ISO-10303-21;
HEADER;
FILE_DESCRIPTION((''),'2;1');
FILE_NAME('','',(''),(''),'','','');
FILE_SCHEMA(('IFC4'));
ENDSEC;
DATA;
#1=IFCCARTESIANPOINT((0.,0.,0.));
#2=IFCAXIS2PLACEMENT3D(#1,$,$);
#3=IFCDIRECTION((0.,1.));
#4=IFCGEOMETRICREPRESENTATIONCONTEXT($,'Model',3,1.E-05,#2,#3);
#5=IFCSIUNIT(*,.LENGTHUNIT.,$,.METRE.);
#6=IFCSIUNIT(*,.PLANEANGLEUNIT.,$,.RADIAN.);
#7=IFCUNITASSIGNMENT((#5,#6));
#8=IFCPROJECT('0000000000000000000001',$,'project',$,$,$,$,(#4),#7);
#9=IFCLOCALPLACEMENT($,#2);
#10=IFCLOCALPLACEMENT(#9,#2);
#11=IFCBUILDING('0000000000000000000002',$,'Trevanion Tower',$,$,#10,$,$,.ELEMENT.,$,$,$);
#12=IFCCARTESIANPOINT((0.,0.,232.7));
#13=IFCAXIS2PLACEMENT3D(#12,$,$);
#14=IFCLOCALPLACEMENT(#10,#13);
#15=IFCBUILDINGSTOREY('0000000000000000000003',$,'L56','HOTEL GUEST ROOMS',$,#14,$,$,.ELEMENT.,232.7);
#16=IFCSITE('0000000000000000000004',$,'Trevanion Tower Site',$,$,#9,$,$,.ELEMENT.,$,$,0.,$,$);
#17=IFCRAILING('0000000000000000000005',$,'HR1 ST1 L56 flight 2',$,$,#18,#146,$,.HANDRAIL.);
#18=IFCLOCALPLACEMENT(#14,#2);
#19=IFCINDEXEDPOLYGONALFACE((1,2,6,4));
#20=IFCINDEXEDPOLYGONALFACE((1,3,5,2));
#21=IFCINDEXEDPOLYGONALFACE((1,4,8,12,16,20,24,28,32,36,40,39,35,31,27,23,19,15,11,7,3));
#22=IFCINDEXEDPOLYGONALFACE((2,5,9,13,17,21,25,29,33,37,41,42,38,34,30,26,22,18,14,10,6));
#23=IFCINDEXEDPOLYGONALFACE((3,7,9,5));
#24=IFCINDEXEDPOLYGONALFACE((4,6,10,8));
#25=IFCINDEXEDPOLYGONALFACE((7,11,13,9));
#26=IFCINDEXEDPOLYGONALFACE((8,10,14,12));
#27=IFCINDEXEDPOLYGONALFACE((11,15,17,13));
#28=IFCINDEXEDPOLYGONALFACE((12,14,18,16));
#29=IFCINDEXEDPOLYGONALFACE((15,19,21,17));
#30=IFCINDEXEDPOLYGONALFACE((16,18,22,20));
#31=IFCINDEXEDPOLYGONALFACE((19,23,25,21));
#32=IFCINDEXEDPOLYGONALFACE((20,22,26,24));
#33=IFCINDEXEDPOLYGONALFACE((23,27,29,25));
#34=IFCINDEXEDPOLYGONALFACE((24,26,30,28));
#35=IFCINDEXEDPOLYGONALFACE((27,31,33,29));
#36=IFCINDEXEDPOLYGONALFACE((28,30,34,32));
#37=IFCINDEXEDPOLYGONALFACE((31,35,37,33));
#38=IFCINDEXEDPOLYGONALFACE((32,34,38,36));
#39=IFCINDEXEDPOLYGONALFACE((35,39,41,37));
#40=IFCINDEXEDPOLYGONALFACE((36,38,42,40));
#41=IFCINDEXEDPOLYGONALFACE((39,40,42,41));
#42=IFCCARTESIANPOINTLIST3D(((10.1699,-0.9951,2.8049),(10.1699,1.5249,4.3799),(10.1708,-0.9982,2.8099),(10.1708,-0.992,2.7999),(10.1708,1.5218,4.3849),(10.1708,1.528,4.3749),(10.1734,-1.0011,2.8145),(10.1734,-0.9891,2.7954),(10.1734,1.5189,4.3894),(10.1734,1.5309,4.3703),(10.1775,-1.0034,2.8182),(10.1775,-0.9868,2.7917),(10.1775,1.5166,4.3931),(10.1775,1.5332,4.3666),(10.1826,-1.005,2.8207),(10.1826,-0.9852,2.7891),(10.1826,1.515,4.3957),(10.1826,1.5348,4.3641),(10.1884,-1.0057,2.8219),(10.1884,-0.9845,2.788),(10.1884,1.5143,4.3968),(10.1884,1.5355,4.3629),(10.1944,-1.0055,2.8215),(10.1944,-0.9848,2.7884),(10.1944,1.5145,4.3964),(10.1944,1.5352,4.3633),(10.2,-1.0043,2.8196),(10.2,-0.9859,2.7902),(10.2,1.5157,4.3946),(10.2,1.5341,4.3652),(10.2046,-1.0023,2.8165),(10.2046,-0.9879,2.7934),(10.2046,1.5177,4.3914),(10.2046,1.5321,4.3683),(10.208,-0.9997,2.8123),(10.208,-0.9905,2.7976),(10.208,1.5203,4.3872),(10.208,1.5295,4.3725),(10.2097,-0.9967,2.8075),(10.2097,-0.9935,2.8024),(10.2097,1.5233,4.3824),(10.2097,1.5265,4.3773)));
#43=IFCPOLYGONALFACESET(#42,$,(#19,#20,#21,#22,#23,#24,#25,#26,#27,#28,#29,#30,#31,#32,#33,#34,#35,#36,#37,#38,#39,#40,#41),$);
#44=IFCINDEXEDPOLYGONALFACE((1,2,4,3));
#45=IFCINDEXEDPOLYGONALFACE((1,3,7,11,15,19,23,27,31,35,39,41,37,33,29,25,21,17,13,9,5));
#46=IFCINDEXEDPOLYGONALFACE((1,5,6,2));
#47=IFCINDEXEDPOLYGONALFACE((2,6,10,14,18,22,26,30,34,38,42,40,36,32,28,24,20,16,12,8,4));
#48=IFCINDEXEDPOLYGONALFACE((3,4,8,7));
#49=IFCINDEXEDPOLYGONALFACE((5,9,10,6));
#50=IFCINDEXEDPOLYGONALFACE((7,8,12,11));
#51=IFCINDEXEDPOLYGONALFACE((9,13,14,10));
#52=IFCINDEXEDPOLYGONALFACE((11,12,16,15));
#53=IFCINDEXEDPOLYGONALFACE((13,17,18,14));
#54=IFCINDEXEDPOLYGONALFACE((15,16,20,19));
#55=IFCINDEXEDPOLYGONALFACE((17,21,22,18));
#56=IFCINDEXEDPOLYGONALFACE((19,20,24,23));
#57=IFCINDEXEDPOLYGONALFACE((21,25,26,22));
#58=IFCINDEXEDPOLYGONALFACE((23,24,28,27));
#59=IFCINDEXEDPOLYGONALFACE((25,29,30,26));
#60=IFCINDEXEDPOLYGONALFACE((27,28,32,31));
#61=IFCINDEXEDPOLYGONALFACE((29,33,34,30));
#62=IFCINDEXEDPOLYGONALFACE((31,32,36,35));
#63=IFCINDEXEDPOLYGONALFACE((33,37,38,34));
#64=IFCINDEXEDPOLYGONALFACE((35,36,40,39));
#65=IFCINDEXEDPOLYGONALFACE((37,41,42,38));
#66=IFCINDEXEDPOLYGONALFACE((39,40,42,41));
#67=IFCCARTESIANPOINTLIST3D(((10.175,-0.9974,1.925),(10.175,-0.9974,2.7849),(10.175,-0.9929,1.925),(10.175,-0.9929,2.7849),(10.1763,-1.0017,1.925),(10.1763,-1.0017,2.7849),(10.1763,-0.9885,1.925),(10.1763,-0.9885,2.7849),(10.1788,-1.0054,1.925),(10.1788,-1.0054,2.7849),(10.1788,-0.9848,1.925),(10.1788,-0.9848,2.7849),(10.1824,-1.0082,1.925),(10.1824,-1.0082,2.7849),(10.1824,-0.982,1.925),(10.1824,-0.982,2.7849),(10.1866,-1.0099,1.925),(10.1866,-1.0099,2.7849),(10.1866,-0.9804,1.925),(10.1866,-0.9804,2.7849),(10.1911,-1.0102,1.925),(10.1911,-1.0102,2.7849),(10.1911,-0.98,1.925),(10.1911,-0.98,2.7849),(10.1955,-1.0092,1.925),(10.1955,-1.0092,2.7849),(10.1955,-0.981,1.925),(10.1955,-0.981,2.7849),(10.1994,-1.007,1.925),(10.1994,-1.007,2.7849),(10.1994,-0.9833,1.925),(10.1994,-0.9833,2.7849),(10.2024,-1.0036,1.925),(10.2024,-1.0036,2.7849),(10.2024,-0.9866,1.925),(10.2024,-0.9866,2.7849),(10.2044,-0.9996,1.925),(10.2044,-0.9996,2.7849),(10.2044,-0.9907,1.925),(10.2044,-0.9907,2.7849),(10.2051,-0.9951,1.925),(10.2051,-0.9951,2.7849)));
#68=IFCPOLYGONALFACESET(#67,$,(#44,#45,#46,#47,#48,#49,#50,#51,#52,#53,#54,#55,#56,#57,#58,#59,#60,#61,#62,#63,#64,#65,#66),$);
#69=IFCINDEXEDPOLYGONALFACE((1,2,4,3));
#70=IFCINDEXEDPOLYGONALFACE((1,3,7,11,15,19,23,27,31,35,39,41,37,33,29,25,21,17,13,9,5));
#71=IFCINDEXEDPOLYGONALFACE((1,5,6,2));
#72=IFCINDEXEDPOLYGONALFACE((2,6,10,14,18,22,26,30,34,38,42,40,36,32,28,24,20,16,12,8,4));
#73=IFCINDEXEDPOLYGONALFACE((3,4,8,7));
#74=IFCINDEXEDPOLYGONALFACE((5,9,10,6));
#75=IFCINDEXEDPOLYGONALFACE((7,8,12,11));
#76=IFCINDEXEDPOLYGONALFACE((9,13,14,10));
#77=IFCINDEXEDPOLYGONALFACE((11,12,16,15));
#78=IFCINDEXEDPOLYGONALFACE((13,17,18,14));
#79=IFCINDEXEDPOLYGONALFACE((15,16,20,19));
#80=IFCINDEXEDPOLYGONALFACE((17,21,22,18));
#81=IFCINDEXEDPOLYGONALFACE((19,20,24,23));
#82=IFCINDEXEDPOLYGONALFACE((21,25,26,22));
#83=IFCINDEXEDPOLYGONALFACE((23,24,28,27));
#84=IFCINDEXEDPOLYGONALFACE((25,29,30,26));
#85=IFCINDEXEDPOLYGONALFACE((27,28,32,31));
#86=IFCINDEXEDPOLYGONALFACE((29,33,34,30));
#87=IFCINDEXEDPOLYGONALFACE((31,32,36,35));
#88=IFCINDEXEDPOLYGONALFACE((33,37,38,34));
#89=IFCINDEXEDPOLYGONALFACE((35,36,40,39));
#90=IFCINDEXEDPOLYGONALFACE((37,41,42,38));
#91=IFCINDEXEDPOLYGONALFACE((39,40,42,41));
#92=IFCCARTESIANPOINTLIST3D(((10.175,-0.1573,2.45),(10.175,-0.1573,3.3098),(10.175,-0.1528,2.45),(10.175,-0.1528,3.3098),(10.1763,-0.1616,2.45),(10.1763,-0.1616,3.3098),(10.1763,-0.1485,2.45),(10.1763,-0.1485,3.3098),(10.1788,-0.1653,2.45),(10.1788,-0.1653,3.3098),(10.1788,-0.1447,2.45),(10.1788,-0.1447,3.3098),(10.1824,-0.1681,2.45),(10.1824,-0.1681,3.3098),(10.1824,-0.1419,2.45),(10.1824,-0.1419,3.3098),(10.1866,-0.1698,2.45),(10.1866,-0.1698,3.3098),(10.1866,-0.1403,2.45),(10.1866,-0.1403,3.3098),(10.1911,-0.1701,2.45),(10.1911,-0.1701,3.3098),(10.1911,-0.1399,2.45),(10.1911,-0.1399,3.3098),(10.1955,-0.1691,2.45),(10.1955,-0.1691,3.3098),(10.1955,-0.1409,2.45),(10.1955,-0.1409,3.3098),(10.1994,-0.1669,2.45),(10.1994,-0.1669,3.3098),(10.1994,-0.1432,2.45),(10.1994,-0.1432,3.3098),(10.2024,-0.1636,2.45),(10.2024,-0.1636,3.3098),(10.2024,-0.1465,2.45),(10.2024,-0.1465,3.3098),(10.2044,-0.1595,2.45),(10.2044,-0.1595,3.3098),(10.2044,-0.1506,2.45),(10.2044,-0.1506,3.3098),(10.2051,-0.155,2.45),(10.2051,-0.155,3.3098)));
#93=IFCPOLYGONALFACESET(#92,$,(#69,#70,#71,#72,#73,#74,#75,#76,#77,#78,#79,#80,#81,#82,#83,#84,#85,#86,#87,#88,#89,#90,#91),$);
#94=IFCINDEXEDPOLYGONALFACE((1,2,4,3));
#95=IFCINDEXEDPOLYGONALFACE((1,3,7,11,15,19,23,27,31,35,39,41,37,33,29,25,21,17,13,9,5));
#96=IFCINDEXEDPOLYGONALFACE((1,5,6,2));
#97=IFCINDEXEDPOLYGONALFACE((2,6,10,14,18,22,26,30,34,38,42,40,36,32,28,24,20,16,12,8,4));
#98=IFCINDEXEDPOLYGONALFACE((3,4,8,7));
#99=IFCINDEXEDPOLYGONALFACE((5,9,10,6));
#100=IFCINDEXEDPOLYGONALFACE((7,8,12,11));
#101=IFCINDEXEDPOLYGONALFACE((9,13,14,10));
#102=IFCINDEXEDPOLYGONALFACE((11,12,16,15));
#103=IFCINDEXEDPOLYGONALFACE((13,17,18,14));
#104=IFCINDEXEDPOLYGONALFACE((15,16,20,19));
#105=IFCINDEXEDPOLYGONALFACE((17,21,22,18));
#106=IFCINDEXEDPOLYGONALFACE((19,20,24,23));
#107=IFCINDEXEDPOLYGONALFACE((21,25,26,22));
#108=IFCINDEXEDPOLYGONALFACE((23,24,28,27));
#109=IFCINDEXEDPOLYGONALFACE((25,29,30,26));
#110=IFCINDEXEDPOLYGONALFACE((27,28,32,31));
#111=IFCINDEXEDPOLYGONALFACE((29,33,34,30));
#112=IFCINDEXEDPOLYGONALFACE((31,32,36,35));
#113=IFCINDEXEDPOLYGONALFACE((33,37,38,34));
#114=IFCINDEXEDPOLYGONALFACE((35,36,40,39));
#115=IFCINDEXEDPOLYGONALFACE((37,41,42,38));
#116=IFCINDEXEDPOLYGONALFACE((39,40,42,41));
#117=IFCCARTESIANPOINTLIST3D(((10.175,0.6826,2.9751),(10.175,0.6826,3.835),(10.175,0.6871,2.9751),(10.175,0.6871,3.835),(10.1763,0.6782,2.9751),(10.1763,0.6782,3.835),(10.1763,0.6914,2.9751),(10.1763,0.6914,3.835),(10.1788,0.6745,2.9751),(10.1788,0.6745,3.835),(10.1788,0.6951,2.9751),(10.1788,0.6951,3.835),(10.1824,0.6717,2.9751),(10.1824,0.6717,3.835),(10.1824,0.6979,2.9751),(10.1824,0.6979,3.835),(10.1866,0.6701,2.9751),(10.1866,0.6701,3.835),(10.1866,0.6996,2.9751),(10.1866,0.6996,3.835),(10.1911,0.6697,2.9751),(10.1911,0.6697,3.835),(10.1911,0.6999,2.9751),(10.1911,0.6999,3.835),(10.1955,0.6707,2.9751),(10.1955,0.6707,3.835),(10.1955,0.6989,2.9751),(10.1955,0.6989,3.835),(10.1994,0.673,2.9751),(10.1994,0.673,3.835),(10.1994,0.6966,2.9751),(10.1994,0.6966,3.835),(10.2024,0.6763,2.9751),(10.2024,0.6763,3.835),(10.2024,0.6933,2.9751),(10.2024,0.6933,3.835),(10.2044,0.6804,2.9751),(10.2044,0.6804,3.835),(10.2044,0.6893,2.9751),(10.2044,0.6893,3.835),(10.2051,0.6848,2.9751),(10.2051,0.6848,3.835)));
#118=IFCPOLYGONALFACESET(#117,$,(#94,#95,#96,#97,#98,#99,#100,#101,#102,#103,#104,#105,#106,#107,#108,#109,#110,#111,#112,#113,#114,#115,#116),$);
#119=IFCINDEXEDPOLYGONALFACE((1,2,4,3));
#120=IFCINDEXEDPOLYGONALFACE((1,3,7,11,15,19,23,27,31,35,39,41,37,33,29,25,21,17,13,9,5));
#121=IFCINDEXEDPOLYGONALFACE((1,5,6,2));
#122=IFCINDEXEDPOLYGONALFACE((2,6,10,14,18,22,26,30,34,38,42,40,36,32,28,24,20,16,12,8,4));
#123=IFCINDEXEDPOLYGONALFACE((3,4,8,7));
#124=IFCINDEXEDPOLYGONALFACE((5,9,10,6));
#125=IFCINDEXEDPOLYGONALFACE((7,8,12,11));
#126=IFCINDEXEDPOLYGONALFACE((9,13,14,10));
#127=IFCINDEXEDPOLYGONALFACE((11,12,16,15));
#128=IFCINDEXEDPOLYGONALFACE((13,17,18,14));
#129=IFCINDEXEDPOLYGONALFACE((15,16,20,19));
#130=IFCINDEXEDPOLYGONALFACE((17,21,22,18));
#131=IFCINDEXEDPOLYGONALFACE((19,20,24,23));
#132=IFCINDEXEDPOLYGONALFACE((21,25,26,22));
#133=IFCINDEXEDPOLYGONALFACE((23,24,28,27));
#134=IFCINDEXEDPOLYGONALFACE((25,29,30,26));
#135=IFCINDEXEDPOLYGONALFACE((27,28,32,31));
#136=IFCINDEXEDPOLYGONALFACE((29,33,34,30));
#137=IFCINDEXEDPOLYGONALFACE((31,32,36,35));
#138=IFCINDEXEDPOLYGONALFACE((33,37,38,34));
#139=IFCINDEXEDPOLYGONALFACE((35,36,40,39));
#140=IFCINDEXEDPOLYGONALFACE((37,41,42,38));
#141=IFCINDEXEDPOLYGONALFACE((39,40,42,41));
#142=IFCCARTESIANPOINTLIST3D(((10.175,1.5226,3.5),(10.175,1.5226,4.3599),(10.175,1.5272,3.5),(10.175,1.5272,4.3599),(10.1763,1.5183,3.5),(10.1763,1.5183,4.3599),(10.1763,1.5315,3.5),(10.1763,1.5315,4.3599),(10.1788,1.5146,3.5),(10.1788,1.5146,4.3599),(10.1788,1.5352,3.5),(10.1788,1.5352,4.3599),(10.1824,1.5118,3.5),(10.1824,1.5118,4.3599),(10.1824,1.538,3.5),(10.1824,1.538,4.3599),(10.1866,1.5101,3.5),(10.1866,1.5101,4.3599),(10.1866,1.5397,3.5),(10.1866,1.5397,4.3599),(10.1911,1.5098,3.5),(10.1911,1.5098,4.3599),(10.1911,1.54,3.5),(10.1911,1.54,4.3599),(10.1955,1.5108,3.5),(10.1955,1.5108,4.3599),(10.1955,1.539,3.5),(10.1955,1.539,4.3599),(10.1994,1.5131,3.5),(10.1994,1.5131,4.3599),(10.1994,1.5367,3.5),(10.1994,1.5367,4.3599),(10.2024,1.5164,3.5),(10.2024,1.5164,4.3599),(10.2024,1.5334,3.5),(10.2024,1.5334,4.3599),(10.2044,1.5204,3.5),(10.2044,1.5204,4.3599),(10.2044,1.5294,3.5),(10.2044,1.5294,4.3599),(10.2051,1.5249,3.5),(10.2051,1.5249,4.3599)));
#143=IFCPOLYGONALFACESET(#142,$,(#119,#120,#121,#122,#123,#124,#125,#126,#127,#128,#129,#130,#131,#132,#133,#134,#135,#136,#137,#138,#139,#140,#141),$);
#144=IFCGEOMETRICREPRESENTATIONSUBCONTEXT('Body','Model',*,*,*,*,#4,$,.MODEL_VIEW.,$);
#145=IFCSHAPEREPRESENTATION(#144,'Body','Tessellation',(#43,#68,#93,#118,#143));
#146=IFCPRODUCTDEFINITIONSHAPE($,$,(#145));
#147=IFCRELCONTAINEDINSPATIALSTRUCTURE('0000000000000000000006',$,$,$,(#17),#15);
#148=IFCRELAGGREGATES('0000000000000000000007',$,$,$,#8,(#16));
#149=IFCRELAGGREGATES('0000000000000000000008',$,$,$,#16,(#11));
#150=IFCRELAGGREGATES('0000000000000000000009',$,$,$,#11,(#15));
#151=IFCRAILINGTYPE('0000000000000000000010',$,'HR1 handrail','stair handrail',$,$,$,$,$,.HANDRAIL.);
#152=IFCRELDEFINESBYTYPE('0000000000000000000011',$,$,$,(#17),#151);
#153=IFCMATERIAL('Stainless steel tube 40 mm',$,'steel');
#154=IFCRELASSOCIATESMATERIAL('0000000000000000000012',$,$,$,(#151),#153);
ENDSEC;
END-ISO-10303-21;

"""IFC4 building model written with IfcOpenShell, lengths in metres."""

from ifc_helpers import new_model, si_unit, direction, frame, origin, origin_2d, place, context, subcontext, project, spatial, circle, extrude, material, type_object, element, save


model = new_model("IFC4")

# Units and contexts
model_context = context("Model", 3, precision=1e-05, world=origin(), true_north=direction((0.0, 1.0)))
body_context = subcontext(model_context, "Body", "Model", "MODEL_VIEW")
ifc_project = project(units=[si_unit("LENGTHUNIT", "METRE"), si_unit("PLANEANGLEUNIT", "RADIAN")], contexts=[model_context])

# Site, building, storey
site_placement = place(None, origin())
site = spatial("IfcSite", under=ifc_project, at=site_placement, Name="Trevanion Tower Site", CompositionType="ELEMENT", RefElevation=0.0)
building_placement = place(site_placement, origin())
building = spatial("IfcBuilding", under=site, at=building_placement, Name="Trevanion Tower", CompositionType="ELEMENT")
storey_placement = place(building_placement, frame((0.0, 0.0, 232.7)))
storey = spatial("IfcBuildingStorey", under=building, at=storey_placement, Name="L56", Description="HOTEL GUEST ROOMS", CompositionType="ELEMENT", Elevation=232.7)

# Railing
ifc_material_1 = material(Name="Stainless steel tube 40 mm", Category="steel")
railing_type = type_object("IfcRailingType", Name="HR1 handrail", Description="stair handrail", PredefinedType="HANDRAIL", material=ifc_material_1)
for number, where, name in (
    (1, (10.1899, -0.9951, 1.925), "HR1 ST1 L56 flight 2"),
):
    element("IfcRailing", number, at=place(storey_placement, frame(where)), inside=storey, type_object=railing_type, Name=name, PredefinedType="HANDRAIL", context=body_context, shape_type="SweptSolid", body=[
        extrude(circle(Radius=0.02, at=origin_2d()), frame((0.0, 0.0, 0.8799), z_axis=(0.0, 0.848008, 0.529984), x_axis=(-1.0, 0.0, 0.0)), (0.0, 0.0, 1.0), 2.9717),
        extrude(circle(Radius=0.0151, at=origin_2d()), origin(), (0.0, 0.0, 1.0), 0.8599),
        extrude(circle(Radius=0.0151, at=origin_2d()), frame((0.0, 0.8401, 0.5249)), (0.0, 0.0, 1.0), 0.8599),
        extrude(circle(Radius=0.0151, at=origin_2d()), frame((0.0, 1.6799, 1.05)), (0.0, 0.0, 1.0), 0.8599),
        extrude(circle(Radius=0.0151, at=origin_2d()), frame((0.0, 2.52, 1.575)), (0.0, 0.0, 1.0), 0.8599),
    ])

save(model, "model.ifc")
